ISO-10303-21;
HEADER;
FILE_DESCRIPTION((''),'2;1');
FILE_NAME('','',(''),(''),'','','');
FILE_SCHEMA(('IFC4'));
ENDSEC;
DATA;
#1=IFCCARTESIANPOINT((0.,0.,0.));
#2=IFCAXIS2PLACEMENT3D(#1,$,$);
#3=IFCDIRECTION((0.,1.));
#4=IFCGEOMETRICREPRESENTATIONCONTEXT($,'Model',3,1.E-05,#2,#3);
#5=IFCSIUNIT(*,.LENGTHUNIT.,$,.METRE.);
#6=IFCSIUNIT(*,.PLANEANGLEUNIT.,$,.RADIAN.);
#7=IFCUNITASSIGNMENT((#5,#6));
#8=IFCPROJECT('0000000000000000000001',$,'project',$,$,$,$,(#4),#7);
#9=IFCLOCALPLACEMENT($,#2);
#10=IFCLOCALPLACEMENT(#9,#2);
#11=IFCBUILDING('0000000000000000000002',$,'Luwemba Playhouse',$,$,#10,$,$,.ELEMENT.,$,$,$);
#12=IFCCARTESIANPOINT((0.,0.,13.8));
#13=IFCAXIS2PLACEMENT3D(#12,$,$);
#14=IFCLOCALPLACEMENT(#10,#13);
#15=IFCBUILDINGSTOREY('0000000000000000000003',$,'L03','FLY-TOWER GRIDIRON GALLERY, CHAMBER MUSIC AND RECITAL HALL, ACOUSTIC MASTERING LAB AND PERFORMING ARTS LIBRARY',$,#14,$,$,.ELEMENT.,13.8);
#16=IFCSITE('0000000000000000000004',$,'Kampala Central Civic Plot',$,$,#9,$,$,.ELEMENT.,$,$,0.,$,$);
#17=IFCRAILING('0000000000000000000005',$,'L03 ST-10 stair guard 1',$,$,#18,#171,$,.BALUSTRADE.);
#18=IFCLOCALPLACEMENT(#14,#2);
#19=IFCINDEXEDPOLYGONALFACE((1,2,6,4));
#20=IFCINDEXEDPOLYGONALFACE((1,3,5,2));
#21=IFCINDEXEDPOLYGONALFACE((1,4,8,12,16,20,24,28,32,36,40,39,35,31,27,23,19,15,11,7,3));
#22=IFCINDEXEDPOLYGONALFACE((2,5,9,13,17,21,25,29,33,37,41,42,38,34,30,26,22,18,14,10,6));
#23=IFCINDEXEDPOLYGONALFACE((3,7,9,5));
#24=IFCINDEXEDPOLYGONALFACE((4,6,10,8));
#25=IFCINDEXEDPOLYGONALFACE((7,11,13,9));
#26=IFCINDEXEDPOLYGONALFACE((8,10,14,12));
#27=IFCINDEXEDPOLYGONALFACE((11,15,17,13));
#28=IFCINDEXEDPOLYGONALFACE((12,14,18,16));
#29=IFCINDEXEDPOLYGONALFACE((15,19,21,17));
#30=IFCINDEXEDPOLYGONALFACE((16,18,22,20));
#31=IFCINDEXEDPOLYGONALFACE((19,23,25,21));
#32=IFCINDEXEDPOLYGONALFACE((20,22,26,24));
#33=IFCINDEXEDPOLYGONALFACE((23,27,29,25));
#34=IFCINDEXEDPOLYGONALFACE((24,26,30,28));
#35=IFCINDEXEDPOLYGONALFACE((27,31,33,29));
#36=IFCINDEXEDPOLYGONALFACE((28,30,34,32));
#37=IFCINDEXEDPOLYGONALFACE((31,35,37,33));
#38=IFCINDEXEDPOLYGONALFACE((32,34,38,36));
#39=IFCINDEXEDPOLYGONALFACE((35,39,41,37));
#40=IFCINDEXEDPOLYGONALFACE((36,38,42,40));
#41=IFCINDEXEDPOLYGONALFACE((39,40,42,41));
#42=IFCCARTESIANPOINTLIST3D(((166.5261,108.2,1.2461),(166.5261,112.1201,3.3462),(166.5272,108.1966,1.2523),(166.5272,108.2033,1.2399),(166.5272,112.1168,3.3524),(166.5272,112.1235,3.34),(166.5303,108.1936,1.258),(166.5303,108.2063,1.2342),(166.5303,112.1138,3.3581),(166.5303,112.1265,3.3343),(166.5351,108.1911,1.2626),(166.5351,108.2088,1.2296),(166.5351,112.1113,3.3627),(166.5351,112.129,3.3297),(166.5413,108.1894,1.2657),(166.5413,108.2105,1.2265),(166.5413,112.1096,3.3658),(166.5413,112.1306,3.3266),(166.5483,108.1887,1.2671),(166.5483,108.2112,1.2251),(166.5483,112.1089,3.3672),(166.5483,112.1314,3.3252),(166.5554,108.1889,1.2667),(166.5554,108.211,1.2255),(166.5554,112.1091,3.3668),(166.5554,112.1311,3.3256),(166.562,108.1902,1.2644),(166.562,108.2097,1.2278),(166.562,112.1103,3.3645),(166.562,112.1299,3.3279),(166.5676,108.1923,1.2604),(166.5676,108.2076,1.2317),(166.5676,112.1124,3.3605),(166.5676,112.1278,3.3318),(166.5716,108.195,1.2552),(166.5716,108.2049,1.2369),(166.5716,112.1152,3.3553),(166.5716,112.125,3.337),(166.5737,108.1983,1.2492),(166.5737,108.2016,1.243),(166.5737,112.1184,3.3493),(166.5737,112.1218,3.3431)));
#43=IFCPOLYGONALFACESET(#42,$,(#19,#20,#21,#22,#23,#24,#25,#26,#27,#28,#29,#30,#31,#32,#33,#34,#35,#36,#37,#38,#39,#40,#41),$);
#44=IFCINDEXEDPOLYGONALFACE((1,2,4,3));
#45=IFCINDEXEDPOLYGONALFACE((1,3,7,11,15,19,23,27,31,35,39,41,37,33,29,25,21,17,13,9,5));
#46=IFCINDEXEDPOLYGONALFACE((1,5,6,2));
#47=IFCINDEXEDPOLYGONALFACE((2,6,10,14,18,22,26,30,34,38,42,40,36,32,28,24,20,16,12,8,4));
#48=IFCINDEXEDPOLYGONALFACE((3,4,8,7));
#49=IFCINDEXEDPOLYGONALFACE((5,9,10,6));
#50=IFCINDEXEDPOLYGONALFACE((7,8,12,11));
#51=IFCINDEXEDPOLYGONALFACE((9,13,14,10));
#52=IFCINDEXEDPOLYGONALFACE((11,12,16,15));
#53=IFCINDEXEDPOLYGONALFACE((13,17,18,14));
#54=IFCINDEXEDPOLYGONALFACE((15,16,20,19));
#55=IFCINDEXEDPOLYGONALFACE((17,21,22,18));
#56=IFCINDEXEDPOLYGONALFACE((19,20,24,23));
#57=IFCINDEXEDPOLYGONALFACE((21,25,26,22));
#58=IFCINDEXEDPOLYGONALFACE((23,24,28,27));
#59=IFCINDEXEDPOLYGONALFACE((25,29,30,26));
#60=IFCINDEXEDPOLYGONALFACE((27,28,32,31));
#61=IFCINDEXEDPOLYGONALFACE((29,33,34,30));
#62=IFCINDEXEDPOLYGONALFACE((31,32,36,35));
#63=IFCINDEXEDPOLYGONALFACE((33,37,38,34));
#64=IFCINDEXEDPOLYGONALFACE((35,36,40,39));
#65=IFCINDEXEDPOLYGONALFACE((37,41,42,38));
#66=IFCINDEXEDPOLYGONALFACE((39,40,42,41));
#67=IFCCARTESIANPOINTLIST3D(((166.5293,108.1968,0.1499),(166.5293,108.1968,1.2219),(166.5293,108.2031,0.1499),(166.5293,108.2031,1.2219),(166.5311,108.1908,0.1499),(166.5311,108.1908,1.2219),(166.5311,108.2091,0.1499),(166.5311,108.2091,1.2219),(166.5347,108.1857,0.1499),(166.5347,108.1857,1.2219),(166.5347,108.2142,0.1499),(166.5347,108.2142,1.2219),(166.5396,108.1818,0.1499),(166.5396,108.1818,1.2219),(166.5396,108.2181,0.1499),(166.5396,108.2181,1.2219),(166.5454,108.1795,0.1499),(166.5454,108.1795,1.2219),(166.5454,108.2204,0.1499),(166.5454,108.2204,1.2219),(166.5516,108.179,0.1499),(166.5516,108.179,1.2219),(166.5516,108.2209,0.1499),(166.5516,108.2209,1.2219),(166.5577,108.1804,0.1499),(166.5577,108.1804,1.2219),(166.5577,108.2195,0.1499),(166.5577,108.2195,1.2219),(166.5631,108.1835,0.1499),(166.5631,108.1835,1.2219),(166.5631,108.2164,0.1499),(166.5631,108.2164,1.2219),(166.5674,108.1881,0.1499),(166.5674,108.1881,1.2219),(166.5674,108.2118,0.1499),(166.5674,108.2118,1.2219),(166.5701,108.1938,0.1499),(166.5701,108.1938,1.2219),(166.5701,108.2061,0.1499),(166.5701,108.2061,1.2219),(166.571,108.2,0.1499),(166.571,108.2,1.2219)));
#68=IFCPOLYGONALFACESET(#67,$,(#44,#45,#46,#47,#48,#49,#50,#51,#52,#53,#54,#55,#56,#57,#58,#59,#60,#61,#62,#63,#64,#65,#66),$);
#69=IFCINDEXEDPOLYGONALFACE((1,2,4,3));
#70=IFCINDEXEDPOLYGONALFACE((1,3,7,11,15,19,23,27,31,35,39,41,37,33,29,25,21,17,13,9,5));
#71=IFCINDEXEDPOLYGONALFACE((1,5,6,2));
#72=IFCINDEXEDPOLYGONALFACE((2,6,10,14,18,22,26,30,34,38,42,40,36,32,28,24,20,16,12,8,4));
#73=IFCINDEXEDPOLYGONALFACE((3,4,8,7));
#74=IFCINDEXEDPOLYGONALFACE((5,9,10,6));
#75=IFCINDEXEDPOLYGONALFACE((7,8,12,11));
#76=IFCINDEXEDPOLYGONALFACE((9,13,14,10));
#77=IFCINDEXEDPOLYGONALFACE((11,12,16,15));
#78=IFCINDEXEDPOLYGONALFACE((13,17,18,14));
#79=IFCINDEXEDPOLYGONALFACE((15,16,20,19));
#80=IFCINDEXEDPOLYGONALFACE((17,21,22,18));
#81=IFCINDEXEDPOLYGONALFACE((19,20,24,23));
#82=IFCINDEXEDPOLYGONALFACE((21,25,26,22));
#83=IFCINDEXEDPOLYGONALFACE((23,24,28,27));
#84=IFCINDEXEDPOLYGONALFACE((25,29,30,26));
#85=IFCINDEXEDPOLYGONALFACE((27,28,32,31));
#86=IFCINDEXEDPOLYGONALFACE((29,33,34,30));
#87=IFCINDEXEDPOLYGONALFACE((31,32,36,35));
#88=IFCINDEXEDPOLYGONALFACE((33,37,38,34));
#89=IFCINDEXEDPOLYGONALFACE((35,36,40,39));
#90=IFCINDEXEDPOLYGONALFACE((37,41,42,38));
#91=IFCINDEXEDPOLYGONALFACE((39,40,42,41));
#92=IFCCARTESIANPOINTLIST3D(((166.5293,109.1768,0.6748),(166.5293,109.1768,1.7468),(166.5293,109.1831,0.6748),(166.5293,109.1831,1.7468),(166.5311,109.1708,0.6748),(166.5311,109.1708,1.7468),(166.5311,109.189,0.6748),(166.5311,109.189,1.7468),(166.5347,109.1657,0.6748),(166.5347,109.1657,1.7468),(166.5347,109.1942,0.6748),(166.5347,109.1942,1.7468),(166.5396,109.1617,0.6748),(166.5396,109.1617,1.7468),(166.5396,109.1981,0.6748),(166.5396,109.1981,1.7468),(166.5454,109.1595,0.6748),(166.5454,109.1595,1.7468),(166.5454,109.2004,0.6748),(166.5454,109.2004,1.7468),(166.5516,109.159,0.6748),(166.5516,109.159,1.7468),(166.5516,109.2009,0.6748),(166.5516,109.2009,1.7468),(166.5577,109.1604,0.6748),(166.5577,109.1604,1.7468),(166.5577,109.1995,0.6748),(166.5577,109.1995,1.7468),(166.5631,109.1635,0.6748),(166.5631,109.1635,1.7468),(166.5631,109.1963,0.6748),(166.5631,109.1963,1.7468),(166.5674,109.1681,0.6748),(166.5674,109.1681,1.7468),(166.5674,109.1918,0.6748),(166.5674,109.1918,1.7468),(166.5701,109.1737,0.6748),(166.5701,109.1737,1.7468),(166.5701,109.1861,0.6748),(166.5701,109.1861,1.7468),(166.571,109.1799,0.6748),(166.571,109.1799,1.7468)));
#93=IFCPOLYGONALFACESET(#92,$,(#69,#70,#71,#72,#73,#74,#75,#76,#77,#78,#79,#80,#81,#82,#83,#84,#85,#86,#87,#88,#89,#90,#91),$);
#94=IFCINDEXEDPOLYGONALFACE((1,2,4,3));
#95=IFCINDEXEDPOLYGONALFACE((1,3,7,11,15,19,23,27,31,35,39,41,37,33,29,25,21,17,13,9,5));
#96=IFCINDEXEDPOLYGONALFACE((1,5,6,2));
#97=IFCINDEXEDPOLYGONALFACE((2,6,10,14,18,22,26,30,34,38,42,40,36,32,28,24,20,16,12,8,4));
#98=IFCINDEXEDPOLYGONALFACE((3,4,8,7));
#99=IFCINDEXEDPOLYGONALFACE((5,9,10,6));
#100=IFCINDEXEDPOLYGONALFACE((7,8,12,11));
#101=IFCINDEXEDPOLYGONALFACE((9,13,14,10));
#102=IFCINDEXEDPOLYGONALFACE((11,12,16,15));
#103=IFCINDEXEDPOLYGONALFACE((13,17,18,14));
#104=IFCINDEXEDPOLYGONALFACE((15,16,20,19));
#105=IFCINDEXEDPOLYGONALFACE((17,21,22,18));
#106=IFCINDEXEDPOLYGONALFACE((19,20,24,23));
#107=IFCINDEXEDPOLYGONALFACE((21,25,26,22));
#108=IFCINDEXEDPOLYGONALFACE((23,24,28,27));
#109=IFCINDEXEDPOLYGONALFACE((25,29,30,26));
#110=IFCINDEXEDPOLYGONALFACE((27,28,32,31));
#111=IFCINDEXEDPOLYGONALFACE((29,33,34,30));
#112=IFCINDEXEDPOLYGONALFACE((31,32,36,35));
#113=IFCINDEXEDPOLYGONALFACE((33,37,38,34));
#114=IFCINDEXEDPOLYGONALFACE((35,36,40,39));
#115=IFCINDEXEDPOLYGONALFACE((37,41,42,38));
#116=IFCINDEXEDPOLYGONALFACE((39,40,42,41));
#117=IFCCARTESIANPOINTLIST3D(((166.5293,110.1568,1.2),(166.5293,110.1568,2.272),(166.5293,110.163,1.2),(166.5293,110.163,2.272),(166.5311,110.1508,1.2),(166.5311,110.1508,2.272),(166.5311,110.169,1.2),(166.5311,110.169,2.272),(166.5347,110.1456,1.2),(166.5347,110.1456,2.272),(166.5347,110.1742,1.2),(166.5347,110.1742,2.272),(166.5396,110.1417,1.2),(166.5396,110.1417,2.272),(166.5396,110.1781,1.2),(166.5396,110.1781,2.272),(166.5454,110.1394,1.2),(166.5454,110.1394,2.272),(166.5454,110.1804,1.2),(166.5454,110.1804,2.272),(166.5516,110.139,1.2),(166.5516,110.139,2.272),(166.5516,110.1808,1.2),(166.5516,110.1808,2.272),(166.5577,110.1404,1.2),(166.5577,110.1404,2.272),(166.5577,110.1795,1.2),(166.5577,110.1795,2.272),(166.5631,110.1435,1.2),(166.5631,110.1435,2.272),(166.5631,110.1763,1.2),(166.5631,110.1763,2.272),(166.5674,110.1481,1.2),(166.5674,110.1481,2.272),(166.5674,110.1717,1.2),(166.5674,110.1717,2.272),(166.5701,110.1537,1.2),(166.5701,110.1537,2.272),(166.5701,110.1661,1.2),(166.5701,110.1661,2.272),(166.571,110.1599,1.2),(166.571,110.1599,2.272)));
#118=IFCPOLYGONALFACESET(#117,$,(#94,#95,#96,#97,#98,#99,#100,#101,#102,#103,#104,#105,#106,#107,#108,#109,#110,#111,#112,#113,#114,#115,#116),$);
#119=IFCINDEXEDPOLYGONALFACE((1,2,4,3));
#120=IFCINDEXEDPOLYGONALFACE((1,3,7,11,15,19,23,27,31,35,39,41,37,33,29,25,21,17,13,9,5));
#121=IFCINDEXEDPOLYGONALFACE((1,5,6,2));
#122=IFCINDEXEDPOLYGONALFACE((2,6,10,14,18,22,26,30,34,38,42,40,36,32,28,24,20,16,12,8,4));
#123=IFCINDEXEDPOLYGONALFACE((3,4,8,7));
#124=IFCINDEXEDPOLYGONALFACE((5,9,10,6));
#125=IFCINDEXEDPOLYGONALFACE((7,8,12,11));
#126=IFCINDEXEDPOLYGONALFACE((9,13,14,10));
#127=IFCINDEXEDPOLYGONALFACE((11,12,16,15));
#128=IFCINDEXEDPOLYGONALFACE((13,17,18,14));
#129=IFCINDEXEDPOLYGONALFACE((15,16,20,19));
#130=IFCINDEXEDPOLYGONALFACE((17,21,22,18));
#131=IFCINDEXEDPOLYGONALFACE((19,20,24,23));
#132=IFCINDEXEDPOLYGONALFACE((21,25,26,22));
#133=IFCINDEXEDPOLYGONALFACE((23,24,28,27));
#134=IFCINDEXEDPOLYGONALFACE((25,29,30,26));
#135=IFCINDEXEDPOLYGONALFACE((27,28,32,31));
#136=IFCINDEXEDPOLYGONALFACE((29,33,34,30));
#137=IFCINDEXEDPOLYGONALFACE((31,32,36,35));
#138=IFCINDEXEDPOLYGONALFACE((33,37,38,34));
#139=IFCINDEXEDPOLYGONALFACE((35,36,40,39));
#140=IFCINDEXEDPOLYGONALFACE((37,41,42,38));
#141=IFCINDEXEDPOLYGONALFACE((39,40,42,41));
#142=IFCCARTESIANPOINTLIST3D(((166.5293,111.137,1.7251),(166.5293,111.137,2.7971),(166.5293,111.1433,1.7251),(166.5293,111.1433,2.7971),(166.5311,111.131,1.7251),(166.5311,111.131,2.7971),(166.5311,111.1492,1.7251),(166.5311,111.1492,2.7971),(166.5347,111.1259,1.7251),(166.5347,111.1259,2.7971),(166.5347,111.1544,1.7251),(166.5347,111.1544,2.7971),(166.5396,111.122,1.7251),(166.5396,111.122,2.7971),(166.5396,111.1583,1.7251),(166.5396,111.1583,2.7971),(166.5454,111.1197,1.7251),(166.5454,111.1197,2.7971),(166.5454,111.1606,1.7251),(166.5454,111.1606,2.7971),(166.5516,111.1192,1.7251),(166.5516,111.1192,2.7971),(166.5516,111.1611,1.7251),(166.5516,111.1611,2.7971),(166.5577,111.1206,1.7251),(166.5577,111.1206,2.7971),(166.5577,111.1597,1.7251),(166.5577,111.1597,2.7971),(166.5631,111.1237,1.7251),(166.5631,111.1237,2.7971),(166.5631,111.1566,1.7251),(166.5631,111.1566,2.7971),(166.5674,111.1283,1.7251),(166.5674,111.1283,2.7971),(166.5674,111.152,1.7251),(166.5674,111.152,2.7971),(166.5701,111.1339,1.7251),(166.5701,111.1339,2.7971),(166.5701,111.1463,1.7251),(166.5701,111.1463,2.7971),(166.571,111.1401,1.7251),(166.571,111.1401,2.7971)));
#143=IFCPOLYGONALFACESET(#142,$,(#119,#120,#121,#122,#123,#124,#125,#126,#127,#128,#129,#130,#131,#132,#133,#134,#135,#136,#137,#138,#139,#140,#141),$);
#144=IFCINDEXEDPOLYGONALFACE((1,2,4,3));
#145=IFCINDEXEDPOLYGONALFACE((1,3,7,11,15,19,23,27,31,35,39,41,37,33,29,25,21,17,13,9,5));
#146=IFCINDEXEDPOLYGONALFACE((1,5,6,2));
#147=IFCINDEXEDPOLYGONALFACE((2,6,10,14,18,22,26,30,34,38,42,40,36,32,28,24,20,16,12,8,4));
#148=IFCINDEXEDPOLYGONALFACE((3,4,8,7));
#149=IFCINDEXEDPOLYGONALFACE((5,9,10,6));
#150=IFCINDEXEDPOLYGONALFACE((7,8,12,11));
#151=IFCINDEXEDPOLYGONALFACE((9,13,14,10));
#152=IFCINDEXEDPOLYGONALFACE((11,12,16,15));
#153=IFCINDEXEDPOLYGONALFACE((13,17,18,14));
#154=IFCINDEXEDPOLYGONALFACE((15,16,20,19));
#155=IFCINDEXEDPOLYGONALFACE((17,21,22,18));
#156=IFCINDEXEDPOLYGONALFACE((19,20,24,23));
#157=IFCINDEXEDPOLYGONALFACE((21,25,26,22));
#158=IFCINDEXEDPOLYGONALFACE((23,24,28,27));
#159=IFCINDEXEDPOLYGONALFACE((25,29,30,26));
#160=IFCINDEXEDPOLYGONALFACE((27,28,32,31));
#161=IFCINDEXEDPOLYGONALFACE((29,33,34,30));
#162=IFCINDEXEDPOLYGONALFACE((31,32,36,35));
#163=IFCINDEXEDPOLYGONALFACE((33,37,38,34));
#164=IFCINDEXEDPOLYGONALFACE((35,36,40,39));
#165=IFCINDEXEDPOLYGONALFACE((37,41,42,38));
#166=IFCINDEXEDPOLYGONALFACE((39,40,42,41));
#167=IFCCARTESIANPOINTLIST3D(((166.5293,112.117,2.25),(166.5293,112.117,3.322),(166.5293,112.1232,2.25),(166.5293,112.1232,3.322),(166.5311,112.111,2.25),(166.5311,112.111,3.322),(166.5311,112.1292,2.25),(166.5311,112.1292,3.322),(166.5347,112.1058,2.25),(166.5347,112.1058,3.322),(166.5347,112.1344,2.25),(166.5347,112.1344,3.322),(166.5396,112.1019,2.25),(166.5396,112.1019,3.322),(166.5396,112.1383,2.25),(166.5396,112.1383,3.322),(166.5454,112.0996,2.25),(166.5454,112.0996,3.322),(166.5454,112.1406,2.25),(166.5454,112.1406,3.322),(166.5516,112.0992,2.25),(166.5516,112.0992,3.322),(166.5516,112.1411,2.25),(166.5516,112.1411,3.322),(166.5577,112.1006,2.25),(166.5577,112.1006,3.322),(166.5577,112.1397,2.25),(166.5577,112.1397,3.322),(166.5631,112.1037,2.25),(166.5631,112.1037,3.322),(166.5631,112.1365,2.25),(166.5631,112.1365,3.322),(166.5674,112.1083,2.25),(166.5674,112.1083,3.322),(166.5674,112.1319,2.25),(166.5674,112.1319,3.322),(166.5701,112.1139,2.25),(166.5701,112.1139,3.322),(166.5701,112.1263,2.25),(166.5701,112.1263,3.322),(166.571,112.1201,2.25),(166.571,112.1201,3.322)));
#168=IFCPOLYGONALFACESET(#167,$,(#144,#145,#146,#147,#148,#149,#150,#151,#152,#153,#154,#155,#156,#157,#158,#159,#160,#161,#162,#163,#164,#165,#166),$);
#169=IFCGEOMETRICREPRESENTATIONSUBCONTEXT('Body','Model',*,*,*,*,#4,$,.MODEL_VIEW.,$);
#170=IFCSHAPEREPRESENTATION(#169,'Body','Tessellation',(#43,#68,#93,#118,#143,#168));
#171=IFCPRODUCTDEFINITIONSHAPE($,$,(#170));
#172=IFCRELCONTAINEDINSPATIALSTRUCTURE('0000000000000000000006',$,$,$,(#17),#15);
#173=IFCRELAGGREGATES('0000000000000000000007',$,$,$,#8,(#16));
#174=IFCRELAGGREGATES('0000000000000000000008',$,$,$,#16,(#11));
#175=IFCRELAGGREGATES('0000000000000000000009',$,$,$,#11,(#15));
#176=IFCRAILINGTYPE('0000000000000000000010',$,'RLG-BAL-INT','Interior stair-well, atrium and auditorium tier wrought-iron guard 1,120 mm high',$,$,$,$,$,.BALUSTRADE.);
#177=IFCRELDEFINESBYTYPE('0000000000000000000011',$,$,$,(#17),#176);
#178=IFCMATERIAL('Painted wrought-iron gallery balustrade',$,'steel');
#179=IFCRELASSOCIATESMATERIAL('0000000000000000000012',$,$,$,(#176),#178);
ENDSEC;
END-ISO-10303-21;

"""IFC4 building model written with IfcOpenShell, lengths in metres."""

from ifc_helpers import new_model, si_unit, direction, frame, origin, origin_2d, place, context, subcontext, project, spatial, circle, extrude, material, type_object, element, save


model = new_model("IFC4")

# Units and contexts
model_context = context("Model", 3, precision=1e-05, world=origin(), true_north=direction((0.0, 1.0)))
body_context = subcontext(model_context, "Body", "Model", "MODEL_VIEW")
ifc_project = project(units=[si_unit("LENGTHUNIT", "METRE"), si_unit("PLANEANGLEUNIT", "RADIAN")], contexts=[model_context])

# Site, building, storey
site_placement = place(None, origin())
site = spatial("IfcSite", under=ifc_project, at=site_placement, Name="Kampala Central Civic Plot", CompositionType="ELEMENT", RefElevation=0.0)
building_placement = place(site_placement, origin())
building = spatial("IfcBuilding", under=site, at=building_placement, Name="Luwemba Playhouse", CompositionType="ELEMENT")
storey_placement = place(building_placement, frame((0.0, 0.0, 13.8)))
storey = spatial("IfcBuildingStorey", under=building, at=storey_placement, Name="L03", Description="FLY-TOWER GRIDIRON GALLERY, CHAMBER MUSIC AND RECITAL HALL, ACOUSTIC MASTERING LAB AND PERFORMING ARTS LIBRARY", CompositionType="ELEMENT", Elevation=13.8)

# Railing
ifc_material_1 = material(Name="Painted wrought-iron gallery balustrade", Category="steel")
railing_type_1 = type_object("IfcRailingType", Name="RLG-BAL-INT", Description="Interior stair-well, atrium and auditorium tier wrought-iron guard 1,120 mm high", PredefinedType="BALUSTRADE", material=ifc_material_1)
railing_1_placement = place(storey_placement, frame((166.55, 108.2, 0.1499)))
element("IfcRailing", 1, at=railing_1_placement, inside=storey, type_object=railing_type_1, Name="L03 ST-10 stair guard 1", PredefinedType="BALUSTRADE", context=body_context, shape_type="SweptSolid", body=[
    extrude(circle(Radius=0.0239, at=origin_2d()), frame((0.0, 0.0, 1.0962), z_axis=(0.0, 0.881479, 0.472223), x_axis=(-1.0, 0.0, 0.0)), (0.0, 0.0, 1.0), 4.4473),
    extrude(circle(Radius=0.021, at=origin_2d()), origin(), (0.0, 0.0, 1.0), 1.072),
    extrude(circle(Radius=0.021, at=origin_2d()), frame((0.0, 0.98, 0.5249)), (0.0, 0.0, 1.0), 1.072),
    extrude(circle(Radius=0.021, at=origin_2d()), frame((0.0, 1.96, 1.05)), (0.0, 0.0, 1.0), 1.072),
    extrude(circle(Radius=0.021, at=origin_2d()), frame((0.0, 2.9402, 1.5752)), (0.0, 0.0, 1.0), 1.072),
    extrude(circle(Radius=0.021, at=origin_2d()), frame((0.0, 3.9202, 2.1001)), (0.0, 0.0, 1.0), 1.072),
])

save(model, "model.ifc")
